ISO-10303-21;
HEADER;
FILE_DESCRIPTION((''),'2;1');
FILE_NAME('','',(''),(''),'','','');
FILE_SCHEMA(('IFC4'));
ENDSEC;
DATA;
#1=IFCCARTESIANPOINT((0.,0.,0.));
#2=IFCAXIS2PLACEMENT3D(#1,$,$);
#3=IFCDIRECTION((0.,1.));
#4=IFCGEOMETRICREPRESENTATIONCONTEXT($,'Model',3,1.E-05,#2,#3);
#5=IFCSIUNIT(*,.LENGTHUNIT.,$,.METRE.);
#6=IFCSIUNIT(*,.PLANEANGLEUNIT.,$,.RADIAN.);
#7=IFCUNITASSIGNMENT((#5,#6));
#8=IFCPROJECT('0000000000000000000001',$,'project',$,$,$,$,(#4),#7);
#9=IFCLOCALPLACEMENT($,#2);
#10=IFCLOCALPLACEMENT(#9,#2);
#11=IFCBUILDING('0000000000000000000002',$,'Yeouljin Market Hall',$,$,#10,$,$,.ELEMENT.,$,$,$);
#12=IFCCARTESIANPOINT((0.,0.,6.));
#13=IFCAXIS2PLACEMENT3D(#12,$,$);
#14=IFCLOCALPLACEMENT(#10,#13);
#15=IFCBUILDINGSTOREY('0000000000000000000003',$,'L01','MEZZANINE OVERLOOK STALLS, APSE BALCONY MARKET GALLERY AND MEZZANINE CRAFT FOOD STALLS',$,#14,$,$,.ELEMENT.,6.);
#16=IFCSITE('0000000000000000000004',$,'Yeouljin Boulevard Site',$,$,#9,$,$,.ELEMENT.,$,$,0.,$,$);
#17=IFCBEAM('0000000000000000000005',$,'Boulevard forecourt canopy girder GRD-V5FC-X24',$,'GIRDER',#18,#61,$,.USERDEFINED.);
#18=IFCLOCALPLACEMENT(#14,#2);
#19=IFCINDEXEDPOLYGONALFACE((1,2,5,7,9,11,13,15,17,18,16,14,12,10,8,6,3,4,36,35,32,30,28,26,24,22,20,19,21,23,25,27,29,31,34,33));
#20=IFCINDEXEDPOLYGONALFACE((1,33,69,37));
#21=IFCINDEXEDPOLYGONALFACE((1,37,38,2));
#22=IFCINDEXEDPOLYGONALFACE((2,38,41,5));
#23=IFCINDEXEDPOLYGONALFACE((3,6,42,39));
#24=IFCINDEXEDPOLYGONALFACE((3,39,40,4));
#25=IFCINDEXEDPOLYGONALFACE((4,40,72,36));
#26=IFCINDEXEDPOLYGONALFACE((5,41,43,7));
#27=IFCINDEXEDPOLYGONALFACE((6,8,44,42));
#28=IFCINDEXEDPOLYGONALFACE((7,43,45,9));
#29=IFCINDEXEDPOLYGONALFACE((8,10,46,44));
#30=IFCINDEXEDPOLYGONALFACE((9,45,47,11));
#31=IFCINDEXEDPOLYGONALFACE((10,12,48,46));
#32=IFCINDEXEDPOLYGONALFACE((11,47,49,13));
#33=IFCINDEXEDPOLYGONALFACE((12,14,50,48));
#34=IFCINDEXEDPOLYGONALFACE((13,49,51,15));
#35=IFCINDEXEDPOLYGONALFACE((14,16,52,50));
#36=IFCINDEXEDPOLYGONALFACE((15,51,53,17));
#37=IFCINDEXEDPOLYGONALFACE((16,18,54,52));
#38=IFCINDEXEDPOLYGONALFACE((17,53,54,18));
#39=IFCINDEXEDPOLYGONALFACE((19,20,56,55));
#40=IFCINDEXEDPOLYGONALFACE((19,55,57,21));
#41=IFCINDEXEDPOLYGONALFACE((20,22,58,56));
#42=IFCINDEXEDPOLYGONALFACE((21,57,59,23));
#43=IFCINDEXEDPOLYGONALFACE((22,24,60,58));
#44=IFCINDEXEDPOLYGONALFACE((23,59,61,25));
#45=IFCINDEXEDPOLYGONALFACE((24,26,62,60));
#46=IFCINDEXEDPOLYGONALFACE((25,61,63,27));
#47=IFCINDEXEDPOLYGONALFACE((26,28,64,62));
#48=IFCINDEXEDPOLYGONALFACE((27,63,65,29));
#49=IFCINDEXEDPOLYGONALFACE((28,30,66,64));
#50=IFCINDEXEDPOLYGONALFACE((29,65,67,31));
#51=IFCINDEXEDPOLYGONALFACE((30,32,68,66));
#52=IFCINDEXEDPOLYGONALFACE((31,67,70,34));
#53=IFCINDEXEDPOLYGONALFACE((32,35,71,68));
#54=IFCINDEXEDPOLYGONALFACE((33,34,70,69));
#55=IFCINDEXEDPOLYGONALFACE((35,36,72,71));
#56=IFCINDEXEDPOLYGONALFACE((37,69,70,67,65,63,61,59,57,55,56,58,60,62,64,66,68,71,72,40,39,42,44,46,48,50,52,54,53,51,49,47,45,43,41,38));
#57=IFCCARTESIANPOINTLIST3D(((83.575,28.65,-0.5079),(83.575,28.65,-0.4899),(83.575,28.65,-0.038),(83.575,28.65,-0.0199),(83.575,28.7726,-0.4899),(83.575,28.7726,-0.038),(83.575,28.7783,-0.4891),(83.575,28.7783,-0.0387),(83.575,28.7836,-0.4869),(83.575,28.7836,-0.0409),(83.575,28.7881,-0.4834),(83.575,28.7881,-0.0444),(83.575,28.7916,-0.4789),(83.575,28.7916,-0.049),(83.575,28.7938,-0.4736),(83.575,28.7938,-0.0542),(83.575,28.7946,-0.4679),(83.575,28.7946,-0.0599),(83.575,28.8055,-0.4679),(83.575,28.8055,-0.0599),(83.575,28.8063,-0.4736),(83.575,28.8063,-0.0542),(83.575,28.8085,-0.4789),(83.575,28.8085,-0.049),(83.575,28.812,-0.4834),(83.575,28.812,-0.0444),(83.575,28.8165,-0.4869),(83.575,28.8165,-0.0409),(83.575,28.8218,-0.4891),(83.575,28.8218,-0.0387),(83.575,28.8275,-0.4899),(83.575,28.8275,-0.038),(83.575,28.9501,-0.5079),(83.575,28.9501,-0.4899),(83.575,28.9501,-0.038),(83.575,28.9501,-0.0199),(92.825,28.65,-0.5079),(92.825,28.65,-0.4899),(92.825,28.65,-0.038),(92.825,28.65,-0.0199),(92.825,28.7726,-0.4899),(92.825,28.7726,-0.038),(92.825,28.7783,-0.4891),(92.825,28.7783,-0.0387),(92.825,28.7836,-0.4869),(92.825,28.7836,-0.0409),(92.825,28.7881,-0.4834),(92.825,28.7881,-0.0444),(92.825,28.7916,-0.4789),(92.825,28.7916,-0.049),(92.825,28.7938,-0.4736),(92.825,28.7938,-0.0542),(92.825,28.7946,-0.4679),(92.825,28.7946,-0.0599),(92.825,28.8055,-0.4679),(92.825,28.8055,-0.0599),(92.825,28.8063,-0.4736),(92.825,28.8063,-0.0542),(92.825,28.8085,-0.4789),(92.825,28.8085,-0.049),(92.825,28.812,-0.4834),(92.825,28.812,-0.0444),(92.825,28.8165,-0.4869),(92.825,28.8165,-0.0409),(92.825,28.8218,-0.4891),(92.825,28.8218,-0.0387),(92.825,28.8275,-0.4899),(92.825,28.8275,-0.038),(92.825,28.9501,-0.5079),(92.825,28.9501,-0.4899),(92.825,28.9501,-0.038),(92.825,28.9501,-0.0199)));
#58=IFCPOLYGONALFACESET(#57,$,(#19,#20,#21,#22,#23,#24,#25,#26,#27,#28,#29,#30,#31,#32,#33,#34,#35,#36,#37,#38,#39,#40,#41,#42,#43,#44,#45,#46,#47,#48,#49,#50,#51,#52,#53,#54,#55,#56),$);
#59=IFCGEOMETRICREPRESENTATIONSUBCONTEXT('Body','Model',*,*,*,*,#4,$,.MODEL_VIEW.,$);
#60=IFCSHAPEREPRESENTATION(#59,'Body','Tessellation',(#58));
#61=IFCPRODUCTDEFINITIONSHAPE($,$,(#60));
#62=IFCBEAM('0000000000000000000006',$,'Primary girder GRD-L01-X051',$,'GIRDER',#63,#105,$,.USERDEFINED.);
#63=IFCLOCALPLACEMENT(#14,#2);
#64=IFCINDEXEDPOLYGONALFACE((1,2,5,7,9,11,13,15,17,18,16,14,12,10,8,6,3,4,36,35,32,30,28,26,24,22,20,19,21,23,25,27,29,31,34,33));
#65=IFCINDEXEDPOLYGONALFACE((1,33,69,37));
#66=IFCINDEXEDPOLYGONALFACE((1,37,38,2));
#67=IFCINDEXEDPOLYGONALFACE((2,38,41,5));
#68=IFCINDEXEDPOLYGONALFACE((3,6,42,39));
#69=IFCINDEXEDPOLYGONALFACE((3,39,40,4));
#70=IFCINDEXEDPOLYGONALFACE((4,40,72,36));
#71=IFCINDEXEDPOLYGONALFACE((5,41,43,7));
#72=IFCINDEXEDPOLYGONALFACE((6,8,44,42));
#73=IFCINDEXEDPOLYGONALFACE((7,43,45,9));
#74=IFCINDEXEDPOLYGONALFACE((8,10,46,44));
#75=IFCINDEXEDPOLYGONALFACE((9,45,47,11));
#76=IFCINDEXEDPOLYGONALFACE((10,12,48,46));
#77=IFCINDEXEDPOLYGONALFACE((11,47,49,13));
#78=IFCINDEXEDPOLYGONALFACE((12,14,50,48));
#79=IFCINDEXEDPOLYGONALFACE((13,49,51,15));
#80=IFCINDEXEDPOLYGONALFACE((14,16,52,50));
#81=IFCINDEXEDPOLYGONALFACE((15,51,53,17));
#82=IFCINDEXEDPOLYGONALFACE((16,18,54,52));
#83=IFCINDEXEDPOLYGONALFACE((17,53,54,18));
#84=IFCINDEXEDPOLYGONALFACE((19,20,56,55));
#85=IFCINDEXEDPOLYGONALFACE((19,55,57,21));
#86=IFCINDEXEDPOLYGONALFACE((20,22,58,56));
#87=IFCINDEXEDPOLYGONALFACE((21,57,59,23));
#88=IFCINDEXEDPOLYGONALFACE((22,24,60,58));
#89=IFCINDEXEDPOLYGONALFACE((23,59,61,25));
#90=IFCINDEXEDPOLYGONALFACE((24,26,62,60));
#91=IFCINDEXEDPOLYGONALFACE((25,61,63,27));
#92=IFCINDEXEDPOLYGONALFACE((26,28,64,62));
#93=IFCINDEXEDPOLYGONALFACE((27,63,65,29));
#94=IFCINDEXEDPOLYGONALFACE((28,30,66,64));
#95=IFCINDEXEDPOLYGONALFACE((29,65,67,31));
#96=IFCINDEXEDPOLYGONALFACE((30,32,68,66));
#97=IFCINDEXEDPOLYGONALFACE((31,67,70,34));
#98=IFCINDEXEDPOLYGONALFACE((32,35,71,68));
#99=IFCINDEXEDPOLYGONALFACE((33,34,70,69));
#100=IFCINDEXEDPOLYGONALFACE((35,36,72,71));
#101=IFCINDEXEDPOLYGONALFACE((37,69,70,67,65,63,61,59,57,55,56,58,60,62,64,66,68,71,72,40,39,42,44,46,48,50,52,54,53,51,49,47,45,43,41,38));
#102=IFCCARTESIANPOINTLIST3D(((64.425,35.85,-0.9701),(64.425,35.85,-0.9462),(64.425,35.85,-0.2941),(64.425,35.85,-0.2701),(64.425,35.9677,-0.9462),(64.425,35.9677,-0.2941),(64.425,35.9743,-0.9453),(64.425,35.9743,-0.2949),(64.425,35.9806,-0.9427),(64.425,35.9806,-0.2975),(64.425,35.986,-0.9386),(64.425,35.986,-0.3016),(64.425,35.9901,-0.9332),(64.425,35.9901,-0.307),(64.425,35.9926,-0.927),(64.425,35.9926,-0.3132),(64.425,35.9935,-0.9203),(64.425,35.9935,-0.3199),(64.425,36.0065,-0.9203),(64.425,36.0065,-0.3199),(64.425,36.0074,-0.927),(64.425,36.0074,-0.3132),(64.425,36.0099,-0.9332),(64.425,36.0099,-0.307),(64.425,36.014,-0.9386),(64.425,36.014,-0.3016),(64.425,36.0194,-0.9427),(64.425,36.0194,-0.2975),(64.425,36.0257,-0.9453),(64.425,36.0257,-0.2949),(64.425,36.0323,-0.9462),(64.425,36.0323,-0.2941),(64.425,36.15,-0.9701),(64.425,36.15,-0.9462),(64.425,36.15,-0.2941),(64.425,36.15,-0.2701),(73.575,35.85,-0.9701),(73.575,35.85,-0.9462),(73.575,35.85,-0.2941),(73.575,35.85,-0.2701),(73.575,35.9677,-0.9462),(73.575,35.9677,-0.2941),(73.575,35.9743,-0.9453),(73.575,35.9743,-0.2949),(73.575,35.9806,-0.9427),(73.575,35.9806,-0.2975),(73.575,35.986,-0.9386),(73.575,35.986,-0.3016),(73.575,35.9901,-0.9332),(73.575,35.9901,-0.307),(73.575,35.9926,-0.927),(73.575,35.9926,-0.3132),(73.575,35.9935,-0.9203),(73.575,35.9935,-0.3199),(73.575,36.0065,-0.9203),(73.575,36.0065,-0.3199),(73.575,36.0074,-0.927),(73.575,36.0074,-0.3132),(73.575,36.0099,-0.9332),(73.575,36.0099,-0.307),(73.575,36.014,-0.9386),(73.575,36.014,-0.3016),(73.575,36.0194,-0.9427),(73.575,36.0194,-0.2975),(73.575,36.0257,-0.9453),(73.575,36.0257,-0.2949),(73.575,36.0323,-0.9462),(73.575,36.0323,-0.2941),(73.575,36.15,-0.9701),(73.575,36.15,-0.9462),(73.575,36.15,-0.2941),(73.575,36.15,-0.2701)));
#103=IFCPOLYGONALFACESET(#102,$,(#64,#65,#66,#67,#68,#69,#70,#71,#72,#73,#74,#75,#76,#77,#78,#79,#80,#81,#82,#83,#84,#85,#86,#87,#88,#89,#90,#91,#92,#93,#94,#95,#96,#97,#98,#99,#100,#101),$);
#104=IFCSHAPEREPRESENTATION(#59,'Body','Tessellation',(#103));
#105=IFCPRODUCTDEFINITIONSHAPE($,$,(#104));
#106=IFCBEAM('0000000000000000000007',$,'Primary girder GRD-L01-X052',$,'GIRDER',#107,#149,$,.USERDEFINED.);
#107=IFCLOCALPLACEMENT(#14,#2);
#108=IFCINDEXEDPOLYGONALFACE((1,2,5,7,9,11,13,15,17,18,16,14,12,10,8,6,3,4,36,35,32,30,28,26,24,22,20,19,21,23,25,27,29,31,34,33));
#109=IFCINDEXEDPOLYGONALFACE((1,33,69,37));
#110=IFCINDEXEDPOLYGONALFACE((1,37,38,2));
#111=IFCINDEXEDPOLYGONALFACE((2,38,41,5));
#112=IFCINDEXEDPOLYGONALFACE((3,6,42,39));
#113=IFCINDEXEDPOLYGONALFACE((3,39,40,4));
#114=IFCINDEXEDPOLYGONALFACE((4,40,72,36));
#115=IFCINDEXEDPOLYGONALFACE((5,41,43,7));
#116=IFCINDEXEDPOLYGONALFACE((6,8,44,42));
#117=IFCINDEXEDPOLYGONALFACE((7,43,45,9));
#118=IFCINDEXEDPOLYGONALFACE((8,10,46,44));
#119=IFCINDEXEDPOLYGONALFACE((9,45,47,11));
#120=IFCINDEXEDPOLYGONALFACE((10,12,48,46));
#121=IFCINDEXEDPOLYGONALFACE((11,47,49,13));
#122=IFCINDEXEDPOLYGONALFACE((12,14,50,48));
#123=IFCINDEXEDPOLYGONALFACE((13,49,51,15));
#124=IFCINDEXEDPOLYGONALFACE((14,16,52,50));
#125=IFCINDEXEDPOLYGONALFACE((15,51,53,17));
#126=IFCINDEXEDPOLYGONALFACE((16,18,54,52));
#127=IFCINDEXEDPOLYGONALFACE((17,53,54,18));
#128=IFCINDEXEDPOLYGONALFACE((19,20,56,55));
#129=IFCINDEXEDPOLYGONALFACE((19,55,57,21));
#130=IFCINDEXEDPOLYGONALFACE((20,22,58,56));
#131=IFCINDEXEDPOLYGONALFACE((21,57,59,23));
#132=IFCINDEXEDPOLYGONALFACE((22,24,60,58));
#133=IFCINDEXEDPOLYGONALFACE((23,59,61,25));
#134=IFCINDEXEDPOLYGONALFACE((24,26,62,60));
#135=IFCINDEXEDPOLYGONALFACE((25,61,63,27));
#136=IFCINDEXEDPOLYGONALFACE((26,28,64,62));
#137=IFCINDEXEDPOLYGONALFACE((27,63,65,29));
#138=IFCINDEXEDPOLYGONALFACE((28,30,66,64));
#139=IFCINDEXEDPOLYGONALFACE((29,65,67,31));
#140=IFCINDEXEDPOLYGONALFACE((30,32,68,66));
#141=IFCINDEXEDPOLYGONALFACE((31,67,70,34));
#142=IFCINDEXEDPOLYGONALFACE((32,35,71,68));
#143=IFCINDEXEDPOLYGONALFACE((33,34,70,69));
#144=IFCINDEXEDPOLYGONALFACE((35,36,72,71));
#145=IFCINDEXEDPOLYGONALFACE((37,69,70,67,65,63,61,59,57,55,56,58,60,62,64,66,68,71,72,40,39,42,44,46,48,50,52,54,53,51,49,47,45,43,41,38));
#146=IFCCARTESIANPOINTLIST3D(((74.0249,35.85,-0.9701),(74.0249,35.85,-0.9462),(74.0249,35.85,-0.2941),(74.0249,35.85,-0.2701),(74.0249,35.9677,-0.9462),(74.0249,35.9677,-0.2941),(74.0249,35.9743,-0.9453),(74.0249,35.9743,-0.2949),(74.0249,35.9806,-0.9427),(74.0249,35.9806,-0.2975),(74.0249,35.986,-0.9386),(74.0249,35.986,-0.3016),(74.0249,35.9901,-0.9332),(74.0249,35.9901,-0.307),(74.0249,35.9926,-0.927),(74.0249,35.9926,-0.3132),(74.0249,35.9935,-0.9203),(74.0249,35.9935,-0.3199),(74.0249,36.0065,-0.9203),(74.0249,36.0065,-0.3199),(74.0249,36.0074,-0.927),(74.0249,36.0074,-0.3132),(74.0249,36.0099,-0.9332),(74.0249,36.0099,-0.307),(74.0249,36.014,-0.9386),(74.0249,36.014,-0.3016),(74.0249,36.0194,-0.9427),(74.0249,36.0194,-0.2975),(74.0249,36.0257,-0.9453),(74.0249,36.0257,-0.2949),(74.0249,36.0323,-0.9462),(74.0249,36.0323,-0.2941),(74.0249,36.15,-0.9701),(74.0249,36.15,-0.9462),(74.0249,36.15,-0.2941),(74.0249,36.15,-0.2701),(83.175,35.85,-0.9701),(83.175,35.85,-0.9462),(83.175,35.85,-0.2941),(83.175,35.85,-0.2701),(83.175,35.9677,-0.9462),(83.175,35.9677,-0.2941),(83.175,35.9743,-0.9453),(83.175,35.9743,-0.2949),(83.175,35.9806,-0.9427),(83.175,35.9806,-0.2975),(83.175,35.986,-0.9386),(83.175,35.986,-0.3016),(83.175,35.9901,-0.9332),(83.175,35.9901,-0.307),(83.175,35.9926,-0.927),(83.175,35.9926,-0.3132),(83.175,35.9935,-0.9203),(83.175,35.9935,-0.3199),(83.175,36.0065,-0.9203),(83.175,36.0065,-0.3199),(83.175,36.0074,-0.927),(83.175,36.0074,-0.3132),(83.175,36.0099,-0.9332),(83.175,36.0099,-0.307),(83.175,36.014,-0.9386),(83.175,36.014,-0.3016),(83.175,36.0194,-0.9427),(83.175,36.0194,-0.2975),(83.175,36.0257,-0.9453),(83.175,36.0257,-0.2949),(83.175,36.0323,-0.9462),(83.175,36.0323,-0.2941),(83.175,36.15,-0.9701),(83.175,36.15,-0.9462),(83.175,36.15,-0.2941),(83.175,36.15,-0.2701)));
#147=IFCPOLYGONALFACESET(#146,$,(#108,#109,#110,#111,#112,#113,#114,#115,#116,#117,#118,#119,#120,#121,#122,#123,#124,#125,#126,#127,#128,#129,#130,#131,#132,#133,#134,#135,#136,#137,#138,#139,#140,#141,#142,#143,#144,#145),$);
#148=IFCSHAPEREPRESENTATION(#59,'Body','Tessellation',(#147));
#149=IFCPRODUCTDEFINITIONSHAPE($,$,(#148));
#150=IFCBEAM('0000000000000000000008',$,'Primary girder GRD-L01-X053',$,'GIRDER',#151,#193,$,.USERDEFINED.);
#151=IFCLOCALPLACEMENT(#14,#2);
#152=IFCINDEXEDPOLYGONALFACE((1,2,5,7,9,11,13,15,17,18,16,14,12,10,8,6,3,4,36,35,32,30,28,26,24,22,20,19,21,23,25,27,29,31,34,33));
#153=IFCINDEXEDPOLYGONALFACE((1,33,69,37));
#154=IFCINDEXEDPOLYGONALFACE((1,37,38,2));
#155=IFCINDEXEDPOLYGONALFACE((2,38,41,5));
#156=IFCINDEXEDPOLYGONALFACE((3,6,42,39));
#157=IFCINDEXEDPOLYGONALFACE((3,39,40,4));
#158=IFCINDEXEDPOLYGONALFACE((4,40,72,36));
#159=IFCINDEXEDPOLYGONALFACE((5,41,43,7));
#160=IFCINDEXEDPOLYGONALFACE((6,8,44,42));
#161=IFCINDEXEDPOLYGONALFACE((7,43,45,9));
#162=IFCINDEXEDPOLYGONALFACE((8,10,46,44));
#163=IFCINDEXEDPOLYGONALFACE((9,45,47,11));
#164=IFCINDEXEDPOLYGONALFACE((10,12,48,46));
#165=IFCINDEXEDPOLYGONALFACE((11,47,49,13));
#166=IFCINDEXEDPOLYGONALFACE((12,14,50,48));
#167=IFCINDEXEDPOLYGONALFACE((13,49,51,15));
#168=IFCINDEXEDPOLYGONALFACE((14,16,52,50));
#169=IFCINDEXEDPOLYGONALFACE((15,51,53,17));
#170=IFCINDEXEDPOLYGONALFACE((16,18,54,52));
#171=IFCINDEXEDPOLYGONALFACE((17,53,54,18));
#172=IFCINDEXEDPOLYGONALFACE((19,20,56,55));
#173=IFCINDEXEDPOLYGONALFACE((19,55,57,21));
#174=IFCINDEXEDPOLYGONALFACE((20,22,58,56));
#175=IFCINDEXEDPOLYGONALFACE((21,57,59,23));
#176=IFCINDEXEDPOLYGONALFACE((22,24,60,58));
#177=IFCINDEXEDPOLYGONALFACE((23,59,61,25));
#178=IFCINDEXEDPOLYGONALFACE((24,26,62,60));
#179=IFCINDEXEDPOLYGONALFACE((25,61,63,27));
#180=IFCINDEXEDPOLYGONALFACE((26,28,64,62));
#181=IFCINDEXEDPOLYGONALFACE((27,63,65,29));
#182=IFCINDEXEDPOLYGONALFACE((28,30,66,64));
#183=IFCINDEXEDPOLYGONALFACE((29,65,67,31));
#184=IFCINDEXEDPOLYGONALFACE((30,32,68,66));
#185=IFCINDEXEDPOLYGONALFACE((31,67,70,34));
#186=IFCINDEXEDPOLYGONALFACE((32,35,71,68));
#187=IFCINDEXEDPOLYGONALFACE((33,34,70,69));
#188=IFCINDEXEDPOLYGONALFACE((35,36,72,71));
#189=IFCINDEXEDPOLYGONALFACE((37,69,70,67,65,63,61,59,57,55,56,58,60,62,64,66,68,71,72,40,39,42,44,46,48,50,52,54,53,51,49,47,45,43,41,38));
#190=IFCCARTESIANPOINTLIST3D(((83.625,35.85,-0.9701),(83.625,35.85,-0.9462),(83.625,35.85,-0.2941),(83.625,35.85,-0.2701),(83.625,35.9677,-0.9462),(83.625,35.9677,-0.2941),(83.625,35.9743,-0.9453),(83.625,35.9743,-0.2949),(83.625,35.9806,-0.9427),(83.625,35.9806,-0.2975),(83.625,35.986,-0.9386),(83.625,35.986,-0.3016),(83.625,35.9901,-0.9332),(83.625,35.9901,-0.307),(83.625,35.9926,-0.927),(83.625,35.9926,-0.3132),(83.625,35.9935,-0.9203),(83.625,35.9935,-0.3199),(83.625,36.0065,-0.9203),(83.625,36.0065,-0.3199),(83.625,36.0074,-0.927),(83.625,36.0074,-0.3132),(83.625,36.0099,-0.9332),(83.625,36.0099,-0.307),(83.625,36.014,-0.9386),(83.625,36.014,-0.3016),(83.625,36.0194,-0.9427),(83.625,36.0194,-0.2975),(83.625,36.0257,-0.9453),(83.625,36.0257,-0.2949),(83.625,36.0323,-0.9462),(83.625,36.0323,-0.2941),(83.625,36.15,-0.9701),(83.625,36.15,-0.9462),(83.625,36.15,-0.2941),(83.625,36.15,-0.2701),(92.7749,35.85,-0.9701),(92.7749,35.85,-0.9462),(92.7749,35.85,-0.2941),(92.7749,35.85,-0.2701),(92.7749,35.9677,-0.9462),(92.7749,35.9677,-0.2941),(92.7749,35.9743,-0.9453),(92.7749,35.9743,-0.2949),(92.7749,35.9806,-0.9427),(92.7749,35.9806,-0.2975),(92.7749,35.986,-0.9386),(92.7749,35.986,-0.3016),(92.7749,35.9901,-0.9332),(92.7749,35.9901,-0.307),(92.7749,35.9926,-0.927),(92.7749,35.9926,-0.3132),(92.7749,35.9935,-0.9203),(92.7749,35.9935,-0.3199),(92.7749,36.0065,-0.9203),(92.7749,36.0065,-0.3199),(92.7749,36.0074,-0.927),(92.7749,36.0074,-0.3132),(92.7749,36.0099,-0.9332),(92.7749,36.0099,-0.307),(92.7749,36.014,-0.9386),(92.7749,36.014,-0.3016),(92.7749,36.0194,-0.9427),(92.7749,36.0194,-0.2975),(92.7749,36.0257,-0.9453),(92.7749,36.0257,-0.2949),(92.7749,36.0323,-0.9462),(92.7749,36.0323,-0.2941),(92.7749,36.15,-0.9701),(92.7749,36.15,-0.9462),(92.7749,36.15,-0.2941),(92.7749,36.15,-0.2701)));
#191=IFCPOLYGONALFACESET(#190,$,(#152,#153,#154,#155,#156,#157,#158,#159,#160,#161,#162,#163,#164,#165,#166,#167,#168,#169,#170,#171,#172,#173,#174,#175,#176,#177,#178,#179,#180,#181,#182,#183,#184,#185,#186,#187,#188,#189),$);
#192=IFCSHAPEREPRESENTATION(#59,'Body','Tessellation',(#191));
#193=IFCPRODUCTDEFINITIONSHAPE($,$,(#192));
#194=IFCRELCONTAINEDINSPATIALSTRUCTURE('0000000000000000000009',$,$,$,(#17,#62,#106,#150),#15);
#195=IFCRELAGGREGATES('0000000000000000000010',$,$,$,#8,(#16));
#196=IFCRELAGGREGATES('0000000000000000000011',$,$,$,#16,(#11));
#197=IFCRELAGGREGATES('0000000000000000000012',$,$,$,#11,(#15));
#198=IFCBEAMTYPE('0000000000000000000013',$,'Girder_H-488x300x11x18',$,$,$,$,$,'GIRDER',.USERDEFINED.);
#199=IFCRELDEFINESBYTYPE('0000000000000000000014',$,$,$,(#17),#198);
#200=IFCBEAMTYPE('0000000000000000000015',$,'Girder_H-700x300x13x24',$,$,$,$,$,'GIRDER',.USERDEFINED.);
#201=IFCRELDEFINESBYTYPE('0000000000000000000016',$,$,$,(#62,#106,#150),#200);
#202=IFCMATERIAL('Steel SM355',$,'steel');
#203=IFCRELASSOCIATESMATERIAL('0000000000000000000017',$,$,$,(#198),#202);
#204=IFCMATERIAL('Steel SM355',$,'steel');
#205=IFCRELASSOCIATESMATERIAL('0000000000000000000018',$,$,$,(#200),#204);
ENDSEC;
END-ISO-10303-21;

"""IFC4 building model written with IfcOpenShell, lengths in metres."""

from ifc_helpers import new_model, si_unit, direction, frame, origin, origin_2d, place, context, subcontext, project, spatial, i_section, extrude, material, material_profile, profile_set, type_object, element, save


model = new_model("IFC4")

# Units and contexts
model_context = context("Model", 3, precision=1e-05, world=origin(), true_north=direction((0.0, 1.0)))
body_context = subcontext(model_context, "Body", "Model", "MODEL_VIEW")
ifc_project = project(units=[si_unit("LENGTHUNIT", "METRE"), si_unit("PLANEANGLEUNIT", "RADIAN")], contexts=[model_context])

# Site, building, storey
site_placement = place(None, origin())
site = spatial("IfcSite", under=ifc_project, at=site_placement, Name="Yeouljin Boulevard Site", CompositionType="ELEMENT", RefElevation=0.0)
building_placement = place(site_placement, origin())
building = spatial("IfcBuilding", under=site, at=building_placement, Name="Yeouljin Market Hall", CompositionType="ELEMENT")
storey_placement = place(building_placement, frame((0.0, 0.0, 6.0)))
storey = spatial("IfcBuildingStorey", under=building, at=storey_placement, Name="L01", Description="MEZZANINE OVERLOOK STALLS, APSE BALCONY MARKET GALLERY AND MEZZANINE CRAFT FOOD STALLS", CompositionType="ELEMENT", Elevation=6.0)

# Beams
ifc_material_1 = material(Name="Steel SM355", Category="steel")
ifc_material_profile_1 = material_profile(ifc_material_1, i_section(OverallWidth=0.3, OverallDepth=0.488, WebThickness=0.011, FlangeThickness=0.0181, FilletRadius=0.022, at=origin_2d()), Name="H-488x300x11x18")
ifc_profile_set_1 = profile_set([ifc_material_profile_1], Name="Steel SM355")
beam_type_1 = type_object("IfcBeamType", Name="Girder_H-488x300x11x18", ElementType="GIRDER", PredefinedType="USERDEFINED", material=ifc_profile_set_1)
for number, where, z_axis, x_axis, name in (
    (1, (83.575, 28.8, -0.2639), (1.0, 0.0, 0.0), (0.0, 1.0, 0.0), "Boulevard forecourt canopy girder GRD-V5FC-X24"),
):
    element("IfcBeam", number, at=place(storey_placement, frame(where, z_axis=z_axis, x_axis=x_axis)), inside=storey, type_object=beam_type_1, Name=name, ObjectType="GIRDER", PredefinedType="USERDEFINED", context=body_context, shape_type="SweptSolid", body=[
        extrude(i_section(OverallWidth=0.3, OverallDepth=0.488, WebThickness=0.011, FlangeThickness=0.0181, FilletRadius=0.022, at=origin_2d()), origin(), (0.0, 0.0, 1.0), 9.25),
    ])
ifc_material_2 = material(Name="Steel SM355", Category="steel")
ifc_material_profile_2 = material_profile(ifc_material_2, i_section(OverallWidth=0.3, OverallDepth=0.7, WebThickness=0.0129, FlangeThickness=0.0239, FilletRadius=0.0259, at=origin_2d()), Name="H-700x300x13x24")
ifc_profile_set_2 = profile_set([ifc_material_profile_2], Name="Steel SM355")
beam_type_2 = type_object("IfcBeamType", Name="Girder_H-700x300x13x24", ElementType="GIRDER", PredefinedType="USERDEFINED", material=ifc_profile_set_2)
beam_1_placement = place(storey_placement, frame((64.425, 36.0, -0.6201), z_axis=(1.0, 0.0, 0.0), x_axis=(0.0, 1.0, 0.0)))
element("IfcBeam", 2, at=beam_1_placement, inside=storey, type_object=beam_type_2, Name="Primary girder GRD-L01-X051", ObjectType="GIRDER", PredefinedType="USERDEFINED", context=body_context, shape_type="SweptSolid", body=[
    extrude(i_section(OverallWidth=0.3, OverallDepth=0.7, WebThickness=0.0129, FlangeThickness=0.0239, FilletRadius=0.0259, at=origin_2d()), origin(), (0.0, 0.0, 1.0), 9.1499),
])
beam_2_placement = place(storey_placement, frame((74.0249, 36.0, -0.6201), z_axis=(1.0, 0.0, 0.0), x_axis=(0.0, 1.0, 0.0)))
element("IfcBeam", 3, at=beam_2_placement, inside=storey, type_object=beam_type_2, Name="Primary girder GRD-L01-X052", ObjectType="GIRDER", PredefinedType="USERDEFINED", context=body_context, shape_type="SweptSolid", body=[
    extrude(i_section(OverallWidth=0.3, OverallDepth=0.7, WebThickness=0.0129, FlangeThickness=0.0239, FilletRadius=0.0259, at=origin_2d()), origin(), (0.0, 0.0, 1.0), 9.1501),
])
beam_3_placement = place(storey_placement, frame((83.625, 36.0, -0.6201), z_axis=(1.0, 0.0, 0.0), x_axis=(0.0, 1.0, 0.0)))
element("IfcBeam", 4, at=beam_3_placement, inside=storey, type_object=beam_type_2, Name="Primary girder GRD-L01-X053", ObjectType="GIRDER", PredefinedType="USERDEFINED", context=body_context, shape_type="SweptSolid", body=[
    extrude(i_section(OverallWidth=0.3, OverallDepth=0.7, WebThickness=0.0129, FlangeThickness=0.0239, FilletRadius=0.0259, at=origin_2d()), origin(), (0.0, 0.0, 1.0), 9.1499),
])

save(model, "model.ifc")
